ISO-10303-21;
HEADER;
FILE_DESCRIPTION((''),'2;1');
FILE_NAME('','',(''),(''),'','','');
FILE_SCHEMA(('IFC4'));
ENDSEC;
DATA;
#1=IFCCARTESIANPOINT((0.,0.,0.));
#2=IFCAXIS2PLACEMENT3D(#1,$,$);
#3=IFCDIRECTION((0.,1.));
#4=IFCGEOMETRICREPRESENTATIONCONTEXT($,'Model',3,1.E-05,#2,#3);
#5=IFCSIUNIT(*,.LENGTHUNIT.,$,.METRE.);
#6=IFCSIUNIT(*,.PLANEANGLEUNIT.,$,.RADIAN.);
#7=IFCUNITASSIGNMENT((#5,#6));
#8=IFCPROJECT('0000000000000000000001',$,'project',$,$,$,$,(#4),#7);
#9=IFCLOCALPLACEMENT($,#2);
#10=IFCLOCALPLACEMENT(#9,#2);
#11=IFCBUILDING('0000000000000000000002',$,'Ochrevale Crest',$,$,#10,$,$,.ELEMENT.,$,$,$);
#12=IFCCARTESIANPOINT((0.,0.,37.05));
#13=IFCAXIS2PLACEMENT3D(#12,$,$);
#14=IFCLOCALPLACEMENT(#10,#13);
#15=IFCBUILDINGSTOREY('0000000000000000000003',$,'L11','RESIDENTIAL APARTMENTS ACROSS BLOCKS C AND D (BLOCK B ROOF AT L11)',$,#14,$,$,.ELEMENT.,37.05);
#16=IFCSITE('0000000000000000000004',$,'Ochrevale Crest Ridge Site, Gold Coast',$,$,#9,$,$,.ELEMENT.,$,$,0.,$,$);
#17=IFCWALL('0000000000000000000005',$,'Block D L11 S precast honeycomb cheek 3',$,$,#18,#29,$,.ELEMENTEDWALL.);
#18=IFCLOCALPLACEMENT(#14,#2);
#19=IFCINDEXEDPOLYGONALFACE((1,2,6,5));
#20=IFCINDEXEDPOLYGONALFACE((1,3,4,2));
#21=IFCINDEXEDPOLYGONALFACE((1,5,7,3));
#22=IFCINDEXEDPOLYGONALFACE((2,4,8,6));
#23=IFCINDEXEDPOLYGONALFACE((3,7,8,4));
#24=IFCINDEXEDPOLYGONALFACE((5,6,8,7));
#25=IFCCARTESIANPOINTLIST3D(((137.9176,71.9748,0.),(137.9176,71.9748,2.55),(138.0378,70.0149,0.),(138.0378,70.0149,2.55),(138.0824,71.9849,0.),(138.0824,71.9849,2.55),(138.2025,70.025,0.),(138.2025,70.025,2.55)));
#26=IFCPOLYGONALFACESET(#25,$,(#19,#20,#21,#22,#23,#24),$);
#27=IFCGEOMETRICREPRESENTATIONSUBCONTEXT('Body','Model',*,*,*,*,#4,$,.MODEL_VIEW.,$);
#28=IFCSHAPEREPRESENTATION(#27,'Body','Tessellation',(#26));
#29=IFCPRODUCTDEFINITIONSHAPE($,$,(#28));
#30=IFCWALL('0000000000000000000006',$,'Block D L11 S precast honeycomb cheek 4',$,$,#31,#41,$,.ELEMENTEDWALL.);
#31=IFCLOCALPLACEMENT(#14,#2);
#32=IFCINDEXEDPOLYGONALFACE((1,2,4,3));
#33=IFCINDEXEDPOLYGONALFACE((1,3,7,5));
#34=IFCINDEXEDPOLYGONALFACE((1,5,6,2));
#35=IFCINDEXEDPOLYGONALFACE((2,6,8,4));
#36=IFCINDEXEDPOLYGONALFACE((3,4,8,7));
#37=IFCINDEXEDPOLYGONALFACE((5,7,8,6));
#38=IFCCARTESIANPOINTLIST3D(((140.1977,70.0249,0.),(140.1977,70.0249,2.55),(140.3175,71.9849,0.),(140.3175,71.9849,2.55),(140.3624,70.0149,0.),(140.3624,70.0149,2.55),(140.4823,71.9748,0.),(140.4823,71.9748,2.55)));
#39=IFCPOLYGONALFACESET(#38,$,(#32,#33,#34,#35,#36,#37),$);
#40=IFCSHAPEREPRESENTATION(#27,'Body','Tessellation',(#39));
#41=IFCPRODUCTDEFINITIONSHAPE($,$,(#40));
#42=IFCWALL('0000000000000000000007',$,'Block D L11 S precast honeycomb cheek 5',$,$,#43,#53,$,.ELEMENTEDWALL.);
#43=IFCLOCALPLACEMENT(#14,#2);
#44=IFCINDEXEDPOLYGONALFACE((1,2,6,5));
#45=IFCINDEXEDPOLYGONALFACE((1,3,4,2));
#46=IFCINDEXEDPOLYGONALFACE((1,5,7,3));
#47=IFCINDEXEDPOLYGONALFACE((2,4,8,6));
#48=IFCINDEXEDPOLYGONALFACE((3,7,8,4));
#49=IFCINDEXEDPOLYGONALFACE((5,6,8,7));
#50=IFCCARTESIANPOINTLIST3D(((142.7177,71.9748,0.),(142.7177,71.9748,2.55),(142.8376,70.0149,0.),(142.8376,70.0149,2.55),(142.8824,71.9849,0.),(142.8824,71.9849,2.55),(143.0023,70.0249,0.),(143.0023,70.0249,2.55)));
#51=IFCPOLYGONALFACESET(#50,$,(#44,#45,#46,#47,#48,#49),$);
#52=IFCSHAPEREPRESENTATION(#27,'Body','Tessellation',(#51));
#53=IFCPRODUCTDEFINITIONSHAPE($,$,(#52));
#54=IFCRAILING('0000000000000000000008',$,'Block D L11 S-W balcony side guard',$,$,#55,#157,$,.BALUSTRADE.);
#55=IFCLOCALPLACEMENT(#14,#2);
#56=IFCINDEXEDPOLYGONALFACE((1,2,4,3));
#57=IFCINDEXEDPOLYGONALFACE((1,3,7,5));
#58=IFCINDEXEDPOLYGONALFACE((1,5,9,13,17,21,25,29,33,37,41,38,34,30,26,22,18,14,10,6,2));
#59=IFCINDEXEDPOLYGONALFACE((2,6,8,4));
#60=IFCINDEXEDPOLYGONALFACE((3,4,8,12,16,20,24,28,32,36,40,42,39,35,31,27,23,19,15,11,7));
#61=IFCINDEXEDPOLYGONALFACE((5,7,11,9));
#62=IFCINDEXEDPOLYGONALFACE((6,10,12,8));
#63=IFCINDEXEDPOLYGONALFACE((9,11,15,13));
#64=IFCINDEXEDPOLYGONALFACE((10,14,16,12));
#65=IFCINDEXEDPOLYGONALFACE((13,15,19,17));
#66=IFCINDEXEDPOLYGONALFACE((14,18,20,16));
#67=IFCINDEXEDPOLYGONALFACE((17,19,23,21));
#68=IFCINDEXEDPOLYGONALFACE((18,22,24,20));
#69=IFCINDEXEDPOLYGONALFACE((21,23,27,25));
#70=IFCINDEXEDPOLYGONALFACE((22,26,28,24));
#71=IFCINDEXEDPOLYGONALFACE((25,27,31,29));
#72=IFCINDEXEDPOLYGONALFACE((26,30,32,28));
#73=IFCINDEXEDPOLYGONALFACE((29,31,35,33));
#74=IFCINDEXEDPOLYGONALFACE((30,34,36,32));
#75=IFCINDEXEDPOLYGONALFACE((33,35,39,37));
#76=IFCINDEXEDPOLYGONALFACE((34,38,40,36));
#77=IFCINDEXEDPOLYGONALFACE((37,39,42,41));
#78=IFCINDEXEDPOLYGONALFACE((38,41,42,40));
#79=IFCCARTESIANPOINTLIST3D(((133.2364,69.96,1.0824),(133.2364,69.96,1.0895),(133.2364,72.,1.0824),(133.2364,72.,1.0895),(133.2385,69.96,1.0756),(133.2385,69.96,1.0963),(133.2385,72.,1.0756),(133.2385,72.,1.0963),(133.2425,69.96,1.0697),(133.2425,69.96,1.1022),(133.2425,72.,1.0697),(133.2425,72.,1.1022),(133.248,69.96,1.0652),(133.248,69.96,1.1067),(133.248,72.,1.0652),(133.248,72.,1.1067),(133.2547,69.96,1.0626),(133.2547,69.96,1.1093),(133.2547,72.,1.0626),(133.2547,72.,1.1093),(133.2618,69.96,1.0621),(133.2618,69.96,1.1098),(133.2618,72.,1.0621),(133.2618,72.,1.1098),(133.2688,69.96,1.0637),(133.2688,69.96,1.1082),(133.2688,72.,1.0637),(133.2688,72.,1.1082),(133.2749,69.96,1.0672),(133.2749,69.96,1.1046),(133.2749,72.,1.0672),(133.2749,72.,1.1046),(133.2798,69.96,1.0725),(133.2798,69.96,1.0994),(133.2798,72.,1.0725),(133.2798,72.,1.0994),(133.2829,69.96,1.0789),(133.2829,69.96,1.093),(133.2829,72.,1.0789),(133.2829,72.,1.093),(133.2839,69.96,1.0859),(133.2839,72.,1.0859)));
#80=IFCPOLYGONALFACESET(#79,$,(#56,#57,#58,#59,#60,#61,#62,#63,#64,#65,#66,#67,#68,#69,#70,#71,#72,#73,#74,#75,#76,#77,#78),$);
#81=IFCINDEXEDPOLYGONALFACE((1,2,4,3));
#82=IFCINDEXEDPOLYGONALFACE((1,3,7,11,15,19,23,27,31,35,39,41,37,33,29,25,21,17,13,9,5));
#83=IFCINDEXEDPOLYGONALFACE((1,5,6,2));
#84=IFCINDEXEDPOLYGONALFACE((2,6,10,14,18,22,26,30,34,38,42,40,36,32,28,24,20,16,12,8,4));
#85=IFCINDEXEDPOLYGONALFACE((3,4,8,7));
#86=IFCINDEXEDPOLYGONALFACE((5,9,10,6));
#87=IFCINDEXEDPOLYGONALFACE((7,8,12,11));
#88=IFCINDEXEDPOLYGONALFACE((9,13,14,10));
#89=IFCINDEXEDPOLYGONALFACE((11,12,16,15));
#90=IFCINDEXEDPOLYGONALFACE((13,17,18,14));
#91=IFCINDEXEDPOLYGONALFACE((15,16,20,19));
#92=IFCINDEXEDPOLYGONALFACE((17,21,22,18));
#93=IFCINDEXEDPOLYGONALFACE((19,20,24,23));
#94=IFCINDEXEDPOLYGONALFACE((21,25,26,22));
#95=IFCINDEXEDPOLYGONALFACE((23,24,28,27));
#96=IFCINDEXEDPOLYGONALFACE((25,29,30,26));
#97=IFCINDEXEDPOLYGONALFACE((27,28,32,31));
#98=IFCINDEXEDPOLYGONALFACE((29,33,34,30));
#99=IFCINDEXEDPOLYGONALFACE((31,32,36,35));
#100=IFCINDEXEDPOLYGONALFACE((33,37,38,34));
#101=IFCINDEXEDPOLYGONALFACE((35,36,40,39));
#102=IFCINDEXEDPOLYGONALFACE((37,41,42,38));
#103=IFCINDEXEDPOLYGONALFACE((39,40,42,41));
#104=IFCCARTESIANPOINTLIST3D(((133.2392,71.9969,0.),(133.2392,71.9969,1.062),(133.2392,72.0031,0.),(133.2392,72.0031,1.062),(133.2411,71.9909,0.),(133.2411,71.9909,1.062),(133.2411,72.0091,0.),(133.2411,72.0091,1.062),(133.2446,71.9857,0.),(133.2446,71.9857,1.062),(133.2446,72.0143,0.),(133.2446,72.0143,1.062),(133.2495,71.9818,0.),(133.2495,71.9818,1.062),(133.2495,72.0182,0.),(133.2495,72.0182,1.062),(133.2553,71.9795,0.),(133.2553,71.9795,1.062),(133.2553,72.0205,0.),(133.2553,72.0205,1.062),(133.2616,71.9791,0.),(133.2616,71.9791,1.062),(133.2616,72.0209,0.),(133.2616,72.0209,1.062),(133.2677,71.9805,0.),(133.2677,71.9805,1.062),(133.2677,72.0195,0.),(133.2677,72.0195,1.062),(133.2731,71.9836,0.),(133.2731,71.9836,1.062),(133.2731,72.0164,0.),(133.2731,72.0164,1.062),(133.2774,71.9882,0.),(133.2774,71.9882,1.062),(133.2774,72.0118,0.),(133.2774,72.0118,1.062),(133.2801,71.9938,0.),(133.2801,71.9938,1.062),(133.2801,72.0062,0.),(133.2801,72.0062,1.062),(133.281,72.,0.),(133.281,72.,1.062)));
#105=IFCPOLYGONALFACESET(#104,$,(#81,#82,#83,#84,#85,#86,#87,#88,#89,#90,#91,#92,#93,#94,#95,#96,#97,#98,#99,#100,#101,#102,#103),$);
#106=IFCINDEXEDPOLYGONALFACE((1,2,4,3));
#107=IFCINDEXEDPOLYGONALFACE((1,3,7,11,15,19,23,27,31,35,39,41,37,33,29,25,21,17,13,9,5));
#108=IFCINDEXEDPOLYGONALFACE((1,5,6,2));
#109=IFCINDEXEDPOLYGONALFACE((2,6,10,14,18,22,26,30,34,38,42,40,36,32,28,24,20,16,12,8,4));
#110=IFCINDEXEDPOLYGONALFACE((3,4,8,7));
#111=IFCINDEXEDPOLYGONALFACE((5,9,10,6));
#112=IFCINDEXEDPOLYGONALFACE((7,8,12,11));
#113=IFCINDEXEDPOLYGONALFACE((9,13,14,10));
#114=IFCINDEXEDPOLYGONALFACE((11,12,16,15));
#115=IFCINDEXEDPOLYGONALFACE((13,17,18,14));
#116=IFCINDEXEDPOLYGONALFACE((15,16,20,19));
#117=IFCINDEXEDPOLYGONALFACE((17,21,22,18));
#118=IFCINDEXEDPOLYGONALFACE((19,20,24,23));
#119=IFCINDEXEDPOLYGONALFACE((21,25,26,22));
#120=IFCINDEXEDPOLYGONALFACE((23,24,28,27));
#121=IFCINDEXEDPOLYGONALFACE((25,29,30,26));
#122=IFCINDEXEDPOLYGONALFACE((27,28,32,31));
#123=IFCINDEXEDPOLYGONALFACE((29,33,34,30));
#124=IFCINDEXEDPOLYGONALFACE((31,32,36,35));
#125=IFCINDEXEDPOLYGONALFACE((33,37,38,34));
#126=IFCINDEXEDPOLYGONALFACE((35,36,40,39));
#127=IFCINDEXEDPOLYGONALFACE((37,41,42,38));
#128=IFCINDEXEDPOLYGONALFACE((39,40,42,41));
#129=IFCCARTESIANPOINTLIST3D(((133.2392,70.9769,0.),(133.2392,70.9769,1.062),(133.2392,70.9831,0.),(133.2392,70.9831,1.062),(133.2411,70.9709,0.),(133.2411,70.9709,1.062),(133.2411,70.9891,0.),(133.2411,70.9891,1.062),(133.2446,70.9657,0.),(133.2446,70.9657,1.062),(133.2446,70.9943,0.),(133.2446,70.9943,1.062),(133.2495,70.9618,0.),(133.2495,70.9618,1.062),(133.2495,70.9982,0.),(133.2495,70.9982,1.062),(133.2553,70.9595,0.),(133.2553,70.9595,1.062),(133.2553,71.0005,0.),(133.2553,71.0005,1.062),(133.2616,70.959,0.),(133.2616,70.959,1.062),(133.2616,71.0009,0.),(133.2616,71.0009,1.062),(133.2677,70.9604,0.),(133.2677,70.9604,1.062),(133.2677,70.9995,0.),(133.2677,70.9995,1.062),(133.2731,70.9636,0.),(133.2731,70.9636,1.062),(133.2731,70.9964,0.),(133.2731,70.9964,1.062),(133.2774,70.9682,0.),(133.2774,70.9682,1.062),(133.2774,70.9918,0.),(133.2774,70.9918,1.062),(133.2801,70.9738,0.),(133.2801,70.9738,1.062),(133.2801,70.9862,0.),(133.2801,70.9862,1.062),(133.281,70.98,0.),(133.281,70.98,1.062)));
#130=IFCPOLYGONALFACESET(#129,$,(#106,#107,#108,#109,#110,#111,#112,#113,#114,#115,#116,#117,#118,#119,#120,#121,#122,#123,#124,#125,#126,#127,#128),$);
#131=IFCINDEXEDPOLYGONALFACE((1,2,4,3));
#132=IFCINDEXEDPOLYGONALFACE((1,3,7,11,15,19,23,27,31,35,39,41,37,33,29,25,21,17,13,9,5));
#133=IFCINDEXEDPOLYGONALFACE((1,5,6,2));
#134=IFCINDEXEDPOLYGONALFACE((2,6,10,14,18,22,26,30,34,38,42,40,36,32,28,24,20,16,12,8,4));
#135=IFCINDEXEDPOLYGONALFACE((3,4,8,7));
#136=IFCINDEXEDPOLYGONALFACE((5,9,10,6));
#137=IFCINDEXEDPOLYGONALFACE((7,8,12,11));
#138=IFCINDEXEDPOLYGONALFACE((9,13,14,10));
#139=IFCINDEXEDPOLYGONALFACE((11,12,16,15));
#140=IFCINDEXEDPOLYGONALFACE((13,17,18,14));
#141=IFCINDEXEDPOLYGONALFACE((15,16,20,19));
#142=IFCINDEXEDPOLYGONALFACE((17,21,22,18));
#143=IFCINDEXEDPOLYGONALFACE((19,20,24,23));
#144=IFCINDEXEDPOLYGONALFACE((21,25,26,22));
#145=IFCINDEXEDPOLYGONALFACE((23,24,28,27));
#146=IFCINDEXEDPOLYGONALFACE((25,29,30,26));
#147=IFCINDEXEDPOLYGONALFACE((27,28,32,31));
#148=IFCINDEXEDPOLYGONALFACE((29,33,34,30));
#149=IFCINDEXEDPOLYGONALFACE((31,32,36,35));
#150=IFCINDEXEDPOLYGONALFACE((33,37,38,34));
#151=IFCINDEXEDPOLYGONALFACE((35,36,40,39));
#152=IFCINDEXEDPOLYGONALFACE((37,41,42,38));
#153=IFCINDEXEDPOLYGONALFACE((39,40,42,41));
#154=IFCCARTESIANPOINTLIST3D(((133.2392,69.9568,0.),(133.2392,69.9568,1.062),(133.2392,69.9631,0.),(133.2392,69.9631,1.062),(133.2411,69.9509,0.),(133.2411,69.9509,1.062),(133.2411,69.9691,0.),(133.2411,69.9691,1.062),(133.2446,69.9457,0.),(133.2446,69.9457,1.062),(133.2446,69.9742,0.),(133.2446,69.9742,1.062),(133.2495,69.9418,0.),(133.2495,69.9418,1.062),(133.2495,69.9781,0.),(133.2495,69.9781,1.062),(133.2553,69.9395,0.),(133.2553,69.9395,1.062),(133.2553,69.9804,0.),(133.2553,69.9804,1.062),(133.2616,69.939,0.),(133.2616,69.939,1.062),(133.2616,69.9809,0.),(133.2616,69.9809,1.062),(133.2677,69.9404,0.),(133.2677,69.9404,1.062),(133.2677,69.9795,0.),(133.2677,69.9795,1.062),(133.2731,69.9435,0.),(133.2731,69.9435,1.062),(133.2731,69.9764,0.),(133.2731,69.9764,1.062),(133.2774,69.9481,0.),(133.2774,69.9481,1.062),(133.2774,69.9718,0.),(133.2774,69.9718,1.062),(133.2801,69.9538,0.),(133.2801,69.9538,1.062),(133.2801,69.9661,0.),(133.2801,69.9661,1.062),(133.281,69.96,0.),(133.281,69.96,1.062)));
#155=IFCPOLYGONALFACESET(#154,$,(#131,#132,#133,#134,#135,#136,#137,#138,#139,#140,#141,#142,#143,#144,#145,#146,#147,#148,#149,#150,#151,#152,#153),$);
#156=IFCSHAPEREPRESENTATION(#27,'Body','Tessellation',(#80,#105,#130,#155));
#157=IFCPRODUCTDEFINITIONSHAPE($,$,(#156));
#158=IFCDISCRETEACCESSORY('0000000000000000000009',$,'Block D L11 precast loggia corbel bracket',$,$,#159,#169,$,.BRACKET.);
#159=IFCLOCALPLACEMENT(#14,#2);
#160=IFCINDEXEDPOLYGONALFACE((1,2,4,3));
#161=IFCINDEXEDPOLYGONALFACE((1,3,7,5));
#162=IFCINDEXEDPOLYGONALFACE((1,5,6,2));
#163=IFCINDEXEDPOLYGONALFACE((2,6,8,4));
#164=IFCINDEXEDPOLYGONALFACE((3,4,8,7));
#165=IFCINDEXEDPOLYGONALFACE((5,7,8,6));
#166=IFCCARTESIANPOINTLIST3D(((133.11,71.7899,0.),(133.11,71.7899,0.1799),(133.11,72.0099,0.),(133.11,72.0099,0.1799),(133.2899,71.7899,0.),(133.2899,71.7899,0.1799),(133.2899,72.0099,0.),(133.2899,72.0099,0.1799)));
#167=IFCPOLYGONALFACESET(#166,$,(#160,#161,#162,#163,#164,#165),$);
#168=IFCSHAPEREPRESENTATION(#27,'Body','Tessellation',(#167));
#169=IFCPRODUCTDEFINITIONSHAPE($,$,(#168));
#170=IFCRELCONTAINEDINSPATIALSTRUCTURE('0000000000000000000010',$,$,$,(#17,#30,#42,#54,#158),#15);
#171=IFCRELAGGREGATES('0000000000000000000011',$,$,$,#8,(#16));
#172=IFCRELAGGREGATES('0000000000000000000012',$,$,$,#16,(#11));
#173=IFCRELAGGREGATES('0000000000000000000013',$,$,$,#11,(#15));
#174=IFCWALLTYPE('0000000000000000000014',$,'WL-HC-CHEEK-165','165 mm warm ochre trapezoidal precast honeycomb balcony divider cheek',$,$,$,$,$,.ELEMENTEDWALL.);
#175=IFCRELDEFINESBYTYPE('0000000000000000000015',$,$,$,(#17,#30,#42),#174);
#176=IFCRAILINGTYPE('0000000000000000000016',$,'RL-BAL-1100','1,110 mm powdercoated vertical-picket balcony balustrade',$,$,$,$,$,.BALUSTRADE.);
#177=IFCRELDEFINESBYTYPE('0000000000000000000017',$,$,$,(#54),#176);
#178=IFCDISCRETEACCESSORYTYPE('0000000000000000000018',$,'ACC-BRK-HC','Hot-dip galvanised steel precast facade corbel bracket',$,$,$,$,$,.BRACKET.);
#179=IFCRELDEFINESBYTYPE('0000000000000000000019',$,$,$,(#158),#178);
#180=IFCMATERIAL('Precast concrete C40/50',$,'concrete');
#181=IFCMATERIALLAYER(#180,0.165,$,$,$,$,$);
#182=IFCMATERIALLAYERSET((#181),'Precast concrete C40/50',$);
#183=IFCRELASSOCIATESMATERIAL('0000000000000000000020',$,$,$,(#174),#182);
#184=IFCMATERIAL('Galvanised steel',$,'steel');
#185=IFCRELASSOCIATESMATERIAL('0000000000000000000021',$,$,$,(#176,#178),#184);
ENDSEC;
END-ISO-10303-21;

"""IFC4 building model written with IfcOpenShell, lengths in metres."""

from ifc_helpers import new_model, si_unit, direction, frame, frame_2d, origin, origin_2d, place, context, subcontext, project, spatial, rectangle, circle, extrude, material, layer, layer_set, type_object, element, save


model = new_model("IFC4")

# Units and contexts
model_context = context("Model", 3, precision=1e-05, world=origin(), true_north=direction((0.0, 1.0)))
body_context = subcontext(model_context, "Body", "Model", "MODEL_VIEW")
ifc_project = project(units=[si_unit("LENGTHUNIT", "METRE"), si_unit("PLANEANGLEUNIT", "RADIAN")], contexts=[model_context])

# Site, building, storey
site_placement = place(None, origin())
site = spatial("IfcSite", under=ifc_project, at=site_placement, Name="Ochrevale Crest Ridge Site, Gold Coast", CompositionType="ELEMENT", RefElevation=0.0)
building_placement = place(site_placement, origin())
building = spatial("IfcBuilding", under=site, at=building_placement, Name="Ochrevale Crest", CompositionType="ELEMENT")
storey_placement = place(building_placement, frame((0.0, 0.0, 37.05)))
storey = spatial("IfcBuildingStorey", under=building, at=storey_placement, Name="L11", Description="RESIDENTIAL APARTMENTS ACROSS BLOCKS C AND D (BLOCK B ROOF AT L11)", CompositionType="ELEMENT", Elevation=37.05)

# Shared definitions
ifc_material_1 = material(Name="Precast concrete C40/50", Category="concrete")

# Walls
ifc_layer_1 = layer(ifc_material_1, 0.165)
ifc_layer_set_1 = layer_set([ifc_layer_1], Name="Precast concrete C40/50")
wall_type = type_object("IfcWallType", Name="WL-HC-CHEEK-165", Description="165 mm warm ochre trapezoidal precast honeycomb balcony divider cheek", PredefinedType="ELEMENTEDWALL", material=ifc_layer_set_1)
for number, where, z_axis, x_axis, name in (
    (1, (138.0, 71.98, 0.0), (0.0, 0.0, 1.0), (0.061171, -0.998127, 0.0), "Block D L11 S precast honeycomb cheek 3"),
    (2, (140.3999, 71.98, 0.0), (0.0, 0.0, 1.0), (-0.061047, -0.998135, 0.0), "Block D L11 S precast honeycomb cheek 4"),
    (3, (142.8, 71.98, 0.0), (0.0, 0.0, 1.0), (0.061047, -0.998135, 0.0), "Block D L11 S precast honeycomb cheek 5"),
):
    element("IfcWall", number, at=place(storey_placement, frame(where, z_axis=z_axis, x_axis=x_axis)), inside=storey, type_object=wall_type, Name=name, PredefinedType="ELEMENTEDWALL", context=body_context, shape_type="SweptSolid", body=[
        extrude(rectangle(XDim=1.9636, YDim=0.165, at=frame_2d((0.9819, 0.0))), origin(), (0.0, 0.0, 1.0), 2.55),
    ])

# Railing
ifc_material_2 = material(Name="Galvanised steel", Category="steel")
railing_type = type_object("IfcRailingType", Name="RL-BAL-1100", Description="1,110 mm powdercoated vertical-picket balcony balustrade", PredefinedType="BALUSTRADE", material=ifc_material_2)
railing_1_placement = place(storey_placement, frame((133.26, 72.0, 0.0)))
element("IfcRailing", 4, at=railing_1_placement, inside=storey, type_object=railing_type, Name="Block D L11 S-W balcony side guard", PredefinedType="BALUSTRADE", context=body_context, shape_type="SweptSolid", body=[
    extrude(circle(Radius=0.0239, at=origin_2d()), frame((0.0, 0.0, 1.0859), z_axis=(0.0, -1.0, 0.0), x_axis=(1.0, 0.0, 0.0)), (0.0, 0.0, 1.0), 2.04),
    extrude(circle(Radius=0.021, at=origin_2d()), origin(), (0.0, 0.0, 1.0), 1.062),
    extrude(circle(Radius=0.021, at=origin_2d()), frame((0.0, -1.02, 0.0)), (0.0, 0.0, 1.0), 1.062),
    extrude(circle(Radius=0.021, at=origin_2d()), frame((0.0, -2.04, 0.0)), (0.0, 0.0, 1.0), 1.062),
])

# Discrete accessory
discrete_accessory_type = type_object("IfcDiscreteAccessoryType", Name="ACC-BRK-HC", Description="Hot-dip galvanised steel precast facade corbel bracket", PredefinedType="BRACKET", material=ifc_material_2)
discrete_accessory_placement = place(storey_placement, frame((133.2, 71.8999, 0.0), z_axis=(0.0, 0.0, 1.0), x_axis=(1.0, 0.0, 0.0)))
element("IfcDiscreteAccessory", 5, at=discrete_accessory_placement, inside=storey, type_object=discrete_accessory_type, Name="Block D L11 precast loggia corbel bracket", PredefinedType="BRACKET", context=body_context, shape_type="SweptSolid", body=[
    extrude(rectangle(XDim=0.1799, YDim=0.22, at=origin_2d()), origin(), (0.0, 0.0, 1.0), 0.1799),
])

save(model, "model.ifc")
